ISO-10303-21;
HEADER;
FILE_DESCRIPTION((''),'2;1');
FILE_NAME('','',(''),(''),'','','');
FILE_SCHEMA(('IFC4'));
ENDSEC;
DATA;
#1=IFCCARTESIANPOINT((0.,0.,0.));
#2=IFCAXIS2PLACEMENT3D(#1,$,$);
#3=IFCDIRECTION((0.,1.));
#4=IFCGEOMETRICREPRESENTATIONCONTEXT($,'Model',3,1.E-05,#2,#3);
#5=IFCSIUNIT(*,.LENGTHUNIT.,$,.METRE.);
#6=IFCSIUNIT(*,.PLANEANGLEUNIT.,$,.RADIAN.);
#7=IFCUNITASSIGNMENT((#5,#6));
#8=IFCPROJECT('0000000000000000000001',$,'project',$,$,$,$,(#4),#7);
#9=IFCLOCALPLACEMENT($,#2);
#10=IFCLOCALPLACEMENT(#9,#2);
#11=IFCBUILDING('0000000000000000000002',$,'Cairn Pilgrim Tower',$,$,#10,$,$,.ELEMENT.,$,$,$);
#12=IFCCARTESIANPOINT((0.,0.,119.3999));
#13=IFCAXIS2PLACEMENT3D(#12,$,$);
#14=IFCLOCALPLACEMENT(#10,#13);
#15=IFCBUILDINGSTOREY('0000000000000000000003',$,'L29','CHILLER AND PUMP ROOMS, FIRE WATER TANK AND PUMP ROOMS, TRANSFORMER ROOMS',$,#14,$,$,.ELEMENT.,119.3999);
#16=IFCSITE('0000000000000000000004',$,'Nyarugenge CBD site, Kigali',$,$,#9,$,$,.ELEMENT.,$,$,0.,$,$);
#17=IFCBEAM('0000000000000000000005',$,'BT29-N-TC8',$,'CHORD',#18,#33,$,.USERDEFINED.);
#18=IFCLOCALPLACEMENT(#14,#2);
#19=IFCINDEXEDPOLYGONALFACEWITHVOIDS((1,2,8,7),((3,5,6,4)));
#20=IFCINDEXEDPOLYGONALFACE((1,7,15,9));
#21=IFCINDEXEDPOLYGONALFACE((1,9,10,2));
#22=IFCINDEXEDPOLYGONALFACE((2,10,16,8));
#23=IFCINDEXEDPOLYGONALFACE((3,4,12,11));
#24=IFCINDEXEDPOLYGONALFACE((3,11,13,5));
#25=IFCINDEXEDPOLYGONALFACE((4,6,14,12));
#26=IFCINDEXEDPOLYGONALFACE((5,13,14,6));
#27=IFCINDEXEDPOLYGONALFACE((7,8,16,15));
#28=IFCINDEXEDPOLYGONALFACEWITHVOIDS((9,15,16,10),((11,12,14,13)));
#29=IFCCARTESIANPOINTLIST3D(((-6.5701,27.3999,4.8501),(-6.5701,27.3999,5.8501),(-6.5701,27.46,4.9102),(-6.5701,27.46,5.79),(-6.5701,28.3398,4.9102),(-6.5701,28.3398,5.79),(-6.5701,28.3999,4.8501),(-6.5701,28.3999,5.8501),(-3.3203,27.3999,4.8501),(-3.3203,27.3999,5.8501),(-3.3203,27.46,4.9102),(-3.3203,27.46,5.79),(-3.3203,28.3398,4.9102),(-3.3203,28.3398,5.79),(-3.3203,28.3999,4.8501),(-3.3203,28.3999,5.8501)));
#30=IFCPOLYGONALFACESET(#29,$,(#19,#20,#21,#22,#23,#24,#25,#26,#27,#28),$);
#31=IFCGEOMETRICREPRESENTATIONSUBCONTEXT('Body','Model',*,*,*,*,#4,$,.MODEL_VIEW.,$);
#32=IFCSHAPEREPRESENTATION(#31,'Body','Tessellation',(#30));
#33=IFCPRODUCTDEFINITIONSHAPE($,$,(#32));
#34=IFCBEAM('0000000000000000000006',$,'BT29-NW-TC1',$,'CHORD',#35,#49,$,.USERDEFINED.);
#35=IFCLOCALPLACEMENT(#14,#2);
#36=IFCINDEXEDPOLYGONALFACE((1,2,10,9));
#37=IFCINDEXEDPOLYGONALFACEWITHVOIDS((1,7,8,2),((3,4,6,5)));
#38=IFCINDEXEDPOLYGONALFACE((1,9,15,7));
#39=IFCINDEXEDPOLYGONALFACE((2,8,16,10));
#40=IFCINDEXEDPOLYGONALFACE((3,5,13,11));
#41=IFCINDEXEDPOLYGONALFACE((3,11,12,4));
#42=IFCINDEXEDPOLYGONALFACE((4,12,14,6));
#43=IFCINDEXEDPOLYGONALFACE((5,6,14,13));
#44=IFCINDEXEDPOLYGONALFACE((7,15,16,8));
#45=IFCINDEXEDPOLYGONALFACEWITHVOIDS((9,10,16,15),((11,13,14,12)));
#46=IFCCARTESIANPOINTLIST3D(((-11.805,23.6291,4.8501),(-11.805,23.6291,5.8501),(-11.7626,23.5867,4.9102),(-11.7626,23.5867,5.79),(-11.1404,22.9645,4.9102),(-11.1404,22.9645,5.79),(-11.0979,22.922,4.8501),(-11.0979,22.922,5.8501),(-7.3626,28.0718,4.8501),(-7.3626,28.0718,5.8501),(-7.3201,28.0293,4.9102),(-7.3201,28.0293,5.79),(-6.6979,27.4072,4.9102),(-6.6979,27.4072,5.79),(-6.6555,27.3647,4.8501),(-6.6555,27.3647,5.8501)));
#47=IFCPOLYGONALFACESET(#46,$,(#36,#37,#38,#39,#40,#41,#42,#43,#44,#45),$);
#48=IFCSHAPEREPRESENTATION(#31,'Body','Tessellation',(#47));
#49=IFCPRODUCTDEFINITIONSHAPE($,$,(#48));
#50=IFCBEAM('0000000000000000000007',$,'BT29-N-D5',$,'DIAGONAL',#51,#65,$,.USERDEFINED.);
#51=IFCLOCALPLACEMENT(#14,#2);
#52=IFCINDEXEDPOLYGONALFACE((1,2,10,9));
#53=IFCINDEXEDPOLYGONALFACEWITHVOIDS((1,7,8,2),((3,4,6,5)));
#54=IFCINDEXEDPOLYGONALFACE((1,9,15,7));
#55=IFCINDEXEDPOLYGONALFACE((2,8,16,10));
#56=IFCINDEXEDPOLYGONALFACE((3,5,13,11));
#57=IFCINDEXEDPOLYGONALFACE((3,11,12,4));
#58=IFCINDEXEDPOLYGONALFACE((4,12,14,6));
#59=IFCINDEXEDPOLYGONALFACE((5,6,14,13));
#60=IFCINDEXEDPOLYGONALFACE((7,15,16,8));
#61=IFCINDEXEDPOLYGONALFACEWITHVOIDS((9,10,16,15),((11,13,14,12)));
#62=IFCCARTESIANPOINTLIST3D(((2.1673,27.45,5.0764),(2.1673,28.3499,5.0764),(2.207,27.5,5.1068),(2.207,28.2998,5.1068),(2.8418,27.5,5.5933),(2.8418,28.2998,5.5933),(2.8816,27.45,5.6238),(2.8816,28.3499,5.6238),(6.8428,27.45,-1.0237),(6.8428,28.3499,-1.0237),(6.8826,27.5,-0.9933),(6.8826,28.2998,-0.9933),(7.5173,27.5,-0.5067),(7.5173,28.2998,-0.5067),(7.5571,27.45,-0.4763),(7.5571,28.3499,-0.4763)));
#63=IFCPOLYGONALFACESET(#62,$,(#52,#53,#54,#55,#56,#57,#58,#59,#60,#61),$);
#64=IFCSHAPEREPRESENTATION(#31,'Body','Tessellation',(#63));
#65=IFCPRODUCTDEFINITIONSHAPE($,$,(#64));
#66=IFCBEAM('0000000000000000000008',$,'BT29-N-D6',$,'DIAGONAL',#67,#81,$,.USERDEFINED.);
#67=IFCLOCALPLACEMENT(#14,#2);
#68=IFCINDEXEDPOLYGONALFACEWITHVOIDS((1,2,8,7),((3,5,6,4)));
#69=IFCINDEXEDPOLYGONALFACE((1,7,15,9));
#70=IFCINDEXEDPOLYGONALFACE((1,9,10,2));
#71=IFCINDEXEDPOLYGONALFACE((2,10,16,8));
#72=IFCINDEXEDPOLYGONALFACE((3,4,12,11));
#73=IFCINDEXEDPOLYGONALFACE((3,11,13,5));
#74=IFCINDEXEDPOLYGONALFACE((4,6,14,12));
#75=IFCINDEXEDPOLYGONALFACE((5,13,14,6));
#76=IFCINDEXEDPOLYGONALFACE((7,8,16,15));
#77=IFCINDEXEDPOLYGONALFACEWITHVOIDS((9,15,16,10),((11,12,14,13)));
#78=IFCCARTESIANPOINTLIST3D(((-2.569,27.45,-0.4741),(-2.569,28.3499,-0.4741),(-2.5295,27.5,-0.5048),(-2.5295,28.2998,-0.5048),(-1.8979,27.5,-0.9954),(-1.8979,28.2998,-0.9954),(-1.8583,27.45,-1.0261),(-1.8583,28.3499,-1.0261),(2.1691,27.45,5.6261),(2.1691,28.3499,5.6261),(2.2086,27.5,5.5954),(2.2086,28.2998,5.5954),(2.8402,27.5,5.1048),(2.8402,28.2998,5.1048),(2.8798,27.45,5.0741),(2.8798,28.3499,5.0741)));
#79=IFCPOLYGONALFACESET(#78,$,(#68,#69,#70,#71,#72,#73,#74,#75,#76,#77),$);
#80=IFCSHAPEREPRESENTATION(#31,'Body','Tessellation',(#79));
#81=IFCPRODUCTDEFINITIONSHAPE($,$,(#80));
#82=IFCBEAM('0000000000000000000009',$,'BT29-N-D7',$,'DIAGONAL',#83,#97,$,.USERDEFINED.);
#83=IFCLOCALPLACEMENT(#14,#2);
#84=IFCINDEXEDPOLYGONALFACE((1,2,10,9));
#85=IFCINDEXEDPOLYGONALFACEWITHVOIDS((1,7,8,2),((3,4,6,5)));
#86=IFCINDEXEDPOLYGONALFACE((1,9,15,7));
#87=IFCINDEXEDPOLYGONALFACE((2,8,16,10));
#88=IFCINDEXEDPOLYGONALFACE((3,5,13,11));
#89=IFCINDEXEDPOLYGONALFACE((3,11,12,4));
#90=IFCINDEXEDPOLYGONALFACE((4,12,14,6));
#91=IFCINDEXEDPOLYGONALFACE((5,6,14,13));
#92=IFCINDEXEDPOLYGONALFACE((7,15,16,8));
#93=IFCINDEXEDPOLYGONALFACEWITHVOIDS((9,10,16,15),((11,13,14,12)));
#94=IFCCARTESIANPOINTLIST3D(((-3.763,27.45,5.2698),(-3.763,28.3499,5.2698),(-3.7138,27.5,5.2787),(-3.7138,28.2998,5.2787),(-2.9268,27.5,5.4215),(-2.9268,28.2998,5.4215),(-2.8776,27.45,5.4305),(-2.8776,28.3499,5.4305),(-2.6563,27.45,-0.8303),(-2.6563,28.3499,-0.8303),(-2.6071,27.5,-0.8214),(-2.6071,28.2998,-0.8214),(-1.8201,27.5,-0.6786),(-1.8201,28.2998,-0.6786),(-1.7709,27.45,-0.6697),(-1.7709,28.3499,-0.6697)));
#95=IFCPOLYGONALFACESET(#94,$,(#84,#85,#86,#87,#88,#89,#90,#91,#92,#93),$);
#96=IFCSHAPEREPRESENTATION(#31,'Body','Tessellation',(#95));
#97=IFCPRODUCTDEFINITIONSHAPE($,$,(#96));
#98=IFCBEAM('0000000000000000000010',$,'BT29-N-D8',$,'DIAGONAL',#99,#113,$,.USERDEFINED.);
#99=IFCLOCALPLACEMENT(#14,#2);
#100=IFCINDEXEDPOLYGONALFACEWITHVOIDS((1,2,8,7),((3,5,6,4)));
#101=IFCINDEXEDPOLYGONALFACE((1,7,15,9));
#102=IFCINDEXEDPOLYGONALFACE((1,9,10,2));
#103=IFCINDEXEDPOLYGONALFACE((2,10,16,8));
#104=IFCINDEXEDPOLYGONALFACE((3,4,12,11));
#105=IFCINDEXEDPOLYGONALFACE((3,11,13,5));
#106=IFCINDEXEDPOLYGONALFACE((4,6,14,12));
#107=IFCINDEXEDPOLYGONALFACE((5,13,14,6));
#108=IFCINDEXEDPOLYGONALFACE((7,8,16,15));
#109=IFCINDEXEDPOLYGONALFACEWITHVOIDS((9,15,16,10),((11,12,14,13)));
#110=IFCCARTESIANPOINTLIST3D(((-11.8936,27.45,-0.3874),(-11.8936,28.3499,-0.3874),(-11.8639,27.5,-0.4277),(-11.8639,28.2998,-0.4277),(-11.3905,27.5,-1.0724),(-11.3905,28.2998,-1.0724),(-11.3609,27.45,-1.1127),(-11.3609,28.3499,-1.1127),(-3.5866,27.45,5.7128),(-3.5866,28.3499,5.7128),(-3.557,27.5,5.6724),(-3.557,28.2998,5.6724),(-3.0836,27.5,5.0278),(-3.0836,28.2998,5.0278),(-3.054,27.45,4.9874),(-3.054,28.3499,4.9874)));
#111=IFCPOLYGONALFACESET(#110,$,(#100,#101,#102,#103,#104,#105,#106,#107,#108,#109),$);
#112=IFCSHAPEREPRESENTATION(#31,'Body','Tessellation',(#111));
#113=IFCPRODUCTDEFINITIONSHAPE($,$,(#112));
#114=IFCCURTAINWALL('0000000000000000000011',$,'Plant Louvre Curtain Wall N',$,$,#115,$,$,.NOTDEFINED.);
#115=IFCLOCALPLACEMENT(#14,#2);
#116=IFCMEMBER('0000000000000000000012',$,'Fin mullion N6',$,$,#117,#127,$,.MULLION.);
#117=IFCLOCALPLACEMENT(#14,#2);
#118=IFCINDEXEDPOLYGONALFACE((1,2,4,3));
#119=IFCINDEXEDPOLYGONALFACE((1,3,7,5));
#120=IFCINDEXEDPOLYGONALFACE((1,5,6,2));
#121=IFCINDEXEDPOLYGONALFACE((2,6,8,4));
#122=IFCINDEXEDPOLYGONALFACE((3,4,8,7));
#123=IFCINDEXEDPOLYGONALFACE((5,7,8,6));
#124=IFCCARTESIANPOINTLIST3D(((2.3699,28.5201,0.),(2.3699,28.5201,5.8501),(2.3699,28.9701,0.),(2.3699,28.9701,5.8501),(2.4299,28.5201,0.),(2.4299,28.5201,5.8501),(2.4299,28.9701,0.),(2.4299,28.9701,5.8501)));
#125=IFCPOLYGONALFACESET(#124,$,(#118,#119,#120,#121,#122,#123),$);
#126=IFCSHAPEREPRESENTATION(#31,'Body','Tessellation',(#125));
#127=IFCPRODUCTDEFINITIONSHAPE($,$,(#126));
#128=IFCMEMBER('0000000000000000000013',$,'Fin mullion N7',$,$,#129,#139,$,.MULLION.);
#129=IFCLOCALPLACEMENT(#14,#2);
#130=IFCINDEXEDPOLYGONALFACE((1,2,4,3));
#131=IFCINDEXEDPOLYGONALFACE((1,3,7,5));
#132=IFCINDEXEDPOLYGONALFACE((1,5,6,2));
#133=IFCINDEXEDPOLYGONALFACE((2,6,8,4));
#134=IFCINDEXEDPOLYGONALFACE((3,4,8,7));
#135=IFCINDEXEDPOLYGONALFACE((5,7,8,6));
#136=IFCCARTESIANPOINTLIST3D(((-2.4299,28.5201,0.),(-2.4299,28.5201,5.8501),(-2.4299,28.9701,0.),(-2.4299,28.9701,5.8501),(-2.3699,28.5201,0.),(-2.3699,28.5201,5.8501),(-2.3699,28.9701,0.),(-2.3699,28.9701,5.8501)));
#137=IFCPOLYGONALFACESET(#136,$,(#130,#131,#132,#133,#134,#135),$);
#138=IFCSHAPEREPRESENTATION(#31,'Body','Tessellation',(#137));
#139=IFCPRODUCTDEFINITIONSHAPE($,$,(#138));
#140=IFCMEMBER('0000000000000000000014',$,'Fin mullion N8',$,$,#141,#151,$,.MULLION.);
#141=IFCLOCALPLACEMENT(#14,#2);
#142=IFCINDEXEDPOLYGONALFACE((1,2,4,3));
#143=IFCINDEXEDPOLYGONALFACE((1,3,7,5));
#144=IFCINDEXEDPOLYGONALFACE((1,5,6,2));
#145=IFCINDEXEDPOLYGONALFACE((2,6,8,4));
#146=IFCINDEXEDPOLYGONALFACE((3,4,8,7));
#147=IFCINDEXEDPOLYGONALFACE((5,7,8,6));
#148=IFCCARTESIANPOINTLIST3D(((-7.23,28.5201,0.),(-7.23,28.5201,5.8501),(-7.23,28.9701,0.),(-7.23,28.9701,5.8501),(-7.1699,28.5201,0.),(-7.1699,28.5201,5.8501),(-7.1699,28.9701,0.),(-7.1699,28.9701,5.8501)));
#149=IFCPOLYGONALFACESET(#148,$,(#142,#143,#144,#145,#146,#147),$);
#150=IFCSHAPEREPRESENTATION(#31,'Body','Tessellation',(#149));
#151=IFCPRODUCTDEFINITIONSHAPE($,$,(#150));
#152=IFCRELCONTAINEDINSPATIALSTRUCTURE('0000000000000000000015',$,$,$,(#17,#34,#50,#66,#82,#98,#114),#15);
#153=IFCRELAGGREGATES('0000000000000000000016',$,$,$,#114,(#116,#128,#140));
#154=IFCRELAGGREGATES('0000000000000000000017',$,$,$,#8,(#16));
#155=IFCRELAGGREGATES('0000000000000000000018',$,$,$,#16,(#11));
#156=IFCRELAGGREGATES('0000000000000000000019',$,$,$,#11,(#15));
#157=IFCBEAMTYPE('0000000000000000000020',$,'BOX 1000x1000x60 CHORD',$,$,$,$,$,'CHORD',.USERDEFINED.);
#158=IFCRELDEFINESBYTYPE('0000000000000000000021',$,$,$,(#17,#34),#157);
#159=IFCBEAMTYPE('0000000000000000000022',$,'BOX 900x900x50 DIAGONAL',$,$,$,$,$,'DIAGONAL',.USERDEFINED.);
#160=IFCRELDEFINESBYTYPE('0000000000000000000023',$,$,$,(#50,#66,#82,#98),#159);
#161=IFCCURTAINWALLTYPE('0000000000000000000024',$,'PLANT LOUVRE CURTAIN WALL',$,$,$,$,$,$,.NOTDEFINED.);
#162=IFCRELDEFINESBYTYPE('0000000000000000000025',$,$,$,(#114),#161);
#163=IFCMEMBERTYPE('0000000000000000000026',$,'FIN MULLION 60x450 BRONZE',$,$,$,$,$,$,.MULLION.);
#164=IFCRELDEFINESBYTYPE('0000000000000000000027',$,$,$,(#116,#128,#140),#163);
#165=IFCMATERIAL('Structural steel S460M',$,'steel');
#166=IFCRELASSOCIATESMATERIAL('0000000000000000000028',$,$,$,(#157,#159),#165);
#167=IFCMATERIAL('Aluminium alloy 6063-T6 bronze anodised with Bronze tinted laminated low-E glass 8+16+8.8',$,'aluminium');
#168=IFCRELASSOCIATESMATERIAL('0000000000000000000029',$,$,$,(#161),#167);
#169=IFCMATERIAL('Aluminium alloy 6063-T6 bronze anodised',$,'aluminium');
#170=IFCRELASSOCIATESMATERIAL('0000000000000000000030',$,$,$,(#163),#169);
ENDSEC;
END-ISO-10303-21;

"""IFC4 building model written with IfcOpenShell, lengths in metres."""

from ifc_helpers import new_model, si_unit, direction, frame, origin, origin_2d, place, context, subcontext, project, spatial, rectangle, hollow_rectangle, extrude, material, material_profile, profile_set, type_object, element, aggregate, save


model = new_model("IFC4")

# Units and contexts
model_context = context("Model", 3, precision=1e-05, world=origin(), true_north=direction((0.0, 1.0)))
body_context = subcontext(model_context, "Body", "Model", "MODEL_VIEW")
ifc_project = project(units=[si_unit("LENGTHUNIT", "METRE"), si_unit("PLANEANGLEUNIT", "RADIAN")], contexts=[model_context])

# Site, building, storey
site_placement = place(None, origin())
site = spatial("IfcSite", under=ifc_project, at=site_placement, Name="Nyarugenge CBD site, Kigali", CompositionType="ELEMENT", RefElevation=0.0)
building_placement = place(site_placement, origin())
building = spatial("IfcBuilding", under=site, at=building_placement, Name="Cairn Pilgrim Tower", CompositionType="ELEMENT")
storey_placement = place(building_placement, frame((0.0, 0.0, 119.3999)))
storey = spatial("IfcBuildingStorey", under=building, at=storey_placement, Name="L29", Description="CHILLER AND PUMP ROOMS, FIRE WATER TANK AND PUMP ROOMS, TRANSFORMER ROOMS", CompositionType="ELEMENT", Elevation=119.3999)

# Shared definitions
ifc_material_1 = material(Name="Structural steel S460M", Category="steel")

# Beams
ifc_material_profile_1 = material_profile(ifc_material_1, hollow_rectangle(XDim=1.0, YDim=1.0, WallThickness=0.0601, at=origin_2d()), Name="BOX 1000x1000x60")
ifc_profile_set_1 = profile_set([ifc_material_profile_1], Name="Structural steel S460M")
beam_type_1 = type_object("IfcBeamType", Name="BOX 1000x1000x60 CHORD", ElementType="CHORD", PredefinedType="USERDEFINED", material=ifc_profile_set_1)
beam_1_placement = place(storey_placement, frame((-3.3203, 27.8999, 5.3501), z_axis=(-1.0, 0.0, 0.0), x_axis=(0.0, -1.0, 0.0)))
element("IfcBeam", 1, at=beam_1_placement, inside=storey, type_object=beam_type_1, Name="BT29-N-TC8", ObjectType="CHORD", PredefinedType="USERDEFINED", context=body_context, shape_type="SweptSolid", body=[
    extrude(hollow_rectangle(XDim=1.0, YDim=1.0, WallThickness=0.0601, at=origin_2d()), origin(), (0.0, 0.0, 1.0), 3.2498),
])
beam_2_placement = place(storey_placement, frame((-7.009, 27.7183, 5.3501), z_axis=(-0.707087, -0.707126, 0.0), x_axis=(0.707126, -0.707087, 0.0)))
element("IfcBeam", 2, at=beam_2_placement, inside=storey, type_object=beam_type_1, Name="BT29-NW-TC1", ObjectType="CHORD", PredefinedType="USERDEFINED", context=body_context, shape_type="SweptSolid", body=[
    extrude(hollow_rectangle(XDim=1.0, YDim=1.0, WallThickness=0.0601, at=origin_2d()), origin(), (0.0, 0.0, 1.0), 6.2827),
])
ifc_material_profile_2 = material_profile(ifc_material_1, hollow_rectangle(XDim=0.8999, YDim=0.8999, WallThickness=0.05, at=origin_2d()), Name="BOX 900x900x50")
ifc_profile_set_2 = profile_set([ifc_material_profile_2], Name="Structural steel S460M")
beam_type_2 = type_object("IfcBeamType", Name="BOX 900x900x50 DIAGONAL", ElementType="DIAGONAL", PredefinedType="USERDEFINED", material=ifc_profile_set_2)
beam_3_placement = place(storey_placement, frame((7.2, 27.8999, -0.75), z_axis=(-0.608333, 0.0, 0.793682), x_axis=(0.0, -1.0, 0.0)))
element("IfcBeam", 3, at=beam_3_placement, inside=storey, type_object=beam_type_2, Name="BT29-N-D5", ObjectType="DIAGONAL", PredefinedType="USERDEFINED", context=body_context, shape_type="SweptSolid", body=[
    extrude(hollow_rectangle(XDim=0.8999, YDim=0.8999, WallThickness=0.05, at=origin_2d()), origin(), (0.0, 0.0, 1.0), 7.6858),
])
beam_4_placement = place(storey_placement, frame((2.5244, 27.8999, 5.3501), z_axis=(-0.613417, 0.0, -0.789759), x_axis=(0.0, -1.0, 0.0)))
element("IfcBeam", 4, at=beam_4_placement, inside=storey, type_object=beam_type_2, Name="BT29-N-D6", ObjectType="DIAGONAL", PredefinedType="USERDEFINED", context=body_context, shape_type="SweptSolid", body=[
    extrude(hollow_rectangle(XDim=0.8999, YDim=0.8999, WallThickness=0.05, at=origin_2d()), origin(), (0.0, 0.0, 1.0), 7.7241),
])
beam_5_placement = place(storey_placement, frame((-2.2136, 27.8999, -0.75), z_axis=(-0.178508, 0.0, 0.983939), x_axis=(0.0, -1.0, 0.0)))
element("IfcBeam", 5, at=beam_5_placement, inside=storey, type_object=beam_type_2, Name="BT29-N-D7", ObjectType="DIAGONAL", PredefinedType="USERDEFINED", context=body_context, shape_type="SweptSolid", body=[
    extrude(hollow_rectangle(XDim=0.8999, YDim=0.8999, WallThickness=0.05, at=origin_2d()), origin(), (0.0, 0.0, 1.0), 6.1997),
])
beam_6_placement = place(storey_placement, frame((-3.3203, 27.8999, 5.3501), z_axis=(-0.806017, 0.0, -0.591892), x_axis=(0.0, -1.0, 0.0)))
element("IfcBeam", 6, at=beam_6_placement, inside=storey, type_object=beam_type_2, Name="BT29-N-D8", ObjectType="DIAGONAL", PredefinedType="USERDEFINED", context=body_context, shape_type="SweptSolid", body=[
    extrude(hollow_rectangle(XDim=0.8999, YDim=0.8999, WallThickness=0.05, at=origin_2d()), origin(), (0.0, 0.0, 1.0), 10.3062),
])

# Curtain wall, members
ifc_material_2 = material(Name="Aluminium alloy 6063-T6 bronze anodised with Bronze tinted laminated low-E glass 8+16+8.8", Category="aluminium")
curtain_wall_type = type_object("IfcCurtainWallType", Name="PLANT LOUVRE CURTAIN WALL", PredefinedType="NOTDEFINED", material=ifc_material_2)
curtain_wall_placement = place(storey_placement, origin())
curtain_wall = element("IfcCurtainWall", 7, at=curtain_wall_placement, inside=storey, type_object=curtain_wall_type, Name="Plant Louvre Curtain Wall N", PredefinedType="NOTDEFINED")
ifc_material_3 = material(Name="Aluminium alloy 6063-T6 bronze anodised", Category="aluminium")
ifc_material_profile_3 = material_profile(ifc_material_3, rectangle(XDim=0.45, YDim=0.0601, at=origin_2d()), Name="FIN MULLION 60x450 BRONZE")
ifc_profile_set_3 = profile_set([ifc_material_profile_3], Name="Aluminium alloy 6063-T6 bronze anodised")
member_type_1 = type_object("IfcMemberType", Name="FIN MULLION 60x450 BRONZE", PredefinedType="MULLION", material=ifc_profile_set_3)
member_1_placement = place(storey_placement, frame((2.3999, 28.7451, 0.0), z_axis=(0.0, 0.0, 1.0), x_axis=(0.0, 1.0, 0.0)))
member_1 = element("IfcMember", 8, at=member_1_placement, type_object=member_type_1, Name="Fin mullion N6", PredefinedType="MULLION", context=body_context, shape_type="SweptSolid", body=[
    extrude(rectangle(XDim=0.45, YDim=0.0601, at=origin_2d()), origin(), (0.0, 0.0, 1.0), 5.8501),
])
member_2_placement = place(storey_placement, frame((-2.3999, 28.7451, 0.0), z_axis=(0.0, 0.0, 1.0), x_axis=(0.0, 1.0, 0.0)))
member_2 = element("IfcMember", 9, at=member_2_placement, type_object=member_type_1, Name="Fin mullion N7", PredefinedType="MULLION", context=body_context, shape_type="SweptSolid", body=[
    extrude(rectangle(XDim=0.45, YDim=0.0601, at=origin_2d()), origin(), (0.0, 0.0, 1.0), 5.8501),
])
member_3_placement = place(storey_placement, frame((-7.2, 28.7451, 0.0), z_axis=(0.0, 0.0, 1.0), x_axis=(0.0, 1.0, 0.0)))
member_3 = element("IfcMember", 10, at=member_3_placement, type_object=member_type_1, Name="Fin mullion N8", PredefinedType="MULLION", context=body_context, shape_type="SweptSolid", body=[
    extrude(rectangle(XDim=0.45, YDim=0.0601, at=origin_2d()), origin(), (0.0, 0.0, 1.0), 5.8501),
])

aggregate(curtain_wall, [member_1, member_2, member_3])

save(model, "model.ifc")
